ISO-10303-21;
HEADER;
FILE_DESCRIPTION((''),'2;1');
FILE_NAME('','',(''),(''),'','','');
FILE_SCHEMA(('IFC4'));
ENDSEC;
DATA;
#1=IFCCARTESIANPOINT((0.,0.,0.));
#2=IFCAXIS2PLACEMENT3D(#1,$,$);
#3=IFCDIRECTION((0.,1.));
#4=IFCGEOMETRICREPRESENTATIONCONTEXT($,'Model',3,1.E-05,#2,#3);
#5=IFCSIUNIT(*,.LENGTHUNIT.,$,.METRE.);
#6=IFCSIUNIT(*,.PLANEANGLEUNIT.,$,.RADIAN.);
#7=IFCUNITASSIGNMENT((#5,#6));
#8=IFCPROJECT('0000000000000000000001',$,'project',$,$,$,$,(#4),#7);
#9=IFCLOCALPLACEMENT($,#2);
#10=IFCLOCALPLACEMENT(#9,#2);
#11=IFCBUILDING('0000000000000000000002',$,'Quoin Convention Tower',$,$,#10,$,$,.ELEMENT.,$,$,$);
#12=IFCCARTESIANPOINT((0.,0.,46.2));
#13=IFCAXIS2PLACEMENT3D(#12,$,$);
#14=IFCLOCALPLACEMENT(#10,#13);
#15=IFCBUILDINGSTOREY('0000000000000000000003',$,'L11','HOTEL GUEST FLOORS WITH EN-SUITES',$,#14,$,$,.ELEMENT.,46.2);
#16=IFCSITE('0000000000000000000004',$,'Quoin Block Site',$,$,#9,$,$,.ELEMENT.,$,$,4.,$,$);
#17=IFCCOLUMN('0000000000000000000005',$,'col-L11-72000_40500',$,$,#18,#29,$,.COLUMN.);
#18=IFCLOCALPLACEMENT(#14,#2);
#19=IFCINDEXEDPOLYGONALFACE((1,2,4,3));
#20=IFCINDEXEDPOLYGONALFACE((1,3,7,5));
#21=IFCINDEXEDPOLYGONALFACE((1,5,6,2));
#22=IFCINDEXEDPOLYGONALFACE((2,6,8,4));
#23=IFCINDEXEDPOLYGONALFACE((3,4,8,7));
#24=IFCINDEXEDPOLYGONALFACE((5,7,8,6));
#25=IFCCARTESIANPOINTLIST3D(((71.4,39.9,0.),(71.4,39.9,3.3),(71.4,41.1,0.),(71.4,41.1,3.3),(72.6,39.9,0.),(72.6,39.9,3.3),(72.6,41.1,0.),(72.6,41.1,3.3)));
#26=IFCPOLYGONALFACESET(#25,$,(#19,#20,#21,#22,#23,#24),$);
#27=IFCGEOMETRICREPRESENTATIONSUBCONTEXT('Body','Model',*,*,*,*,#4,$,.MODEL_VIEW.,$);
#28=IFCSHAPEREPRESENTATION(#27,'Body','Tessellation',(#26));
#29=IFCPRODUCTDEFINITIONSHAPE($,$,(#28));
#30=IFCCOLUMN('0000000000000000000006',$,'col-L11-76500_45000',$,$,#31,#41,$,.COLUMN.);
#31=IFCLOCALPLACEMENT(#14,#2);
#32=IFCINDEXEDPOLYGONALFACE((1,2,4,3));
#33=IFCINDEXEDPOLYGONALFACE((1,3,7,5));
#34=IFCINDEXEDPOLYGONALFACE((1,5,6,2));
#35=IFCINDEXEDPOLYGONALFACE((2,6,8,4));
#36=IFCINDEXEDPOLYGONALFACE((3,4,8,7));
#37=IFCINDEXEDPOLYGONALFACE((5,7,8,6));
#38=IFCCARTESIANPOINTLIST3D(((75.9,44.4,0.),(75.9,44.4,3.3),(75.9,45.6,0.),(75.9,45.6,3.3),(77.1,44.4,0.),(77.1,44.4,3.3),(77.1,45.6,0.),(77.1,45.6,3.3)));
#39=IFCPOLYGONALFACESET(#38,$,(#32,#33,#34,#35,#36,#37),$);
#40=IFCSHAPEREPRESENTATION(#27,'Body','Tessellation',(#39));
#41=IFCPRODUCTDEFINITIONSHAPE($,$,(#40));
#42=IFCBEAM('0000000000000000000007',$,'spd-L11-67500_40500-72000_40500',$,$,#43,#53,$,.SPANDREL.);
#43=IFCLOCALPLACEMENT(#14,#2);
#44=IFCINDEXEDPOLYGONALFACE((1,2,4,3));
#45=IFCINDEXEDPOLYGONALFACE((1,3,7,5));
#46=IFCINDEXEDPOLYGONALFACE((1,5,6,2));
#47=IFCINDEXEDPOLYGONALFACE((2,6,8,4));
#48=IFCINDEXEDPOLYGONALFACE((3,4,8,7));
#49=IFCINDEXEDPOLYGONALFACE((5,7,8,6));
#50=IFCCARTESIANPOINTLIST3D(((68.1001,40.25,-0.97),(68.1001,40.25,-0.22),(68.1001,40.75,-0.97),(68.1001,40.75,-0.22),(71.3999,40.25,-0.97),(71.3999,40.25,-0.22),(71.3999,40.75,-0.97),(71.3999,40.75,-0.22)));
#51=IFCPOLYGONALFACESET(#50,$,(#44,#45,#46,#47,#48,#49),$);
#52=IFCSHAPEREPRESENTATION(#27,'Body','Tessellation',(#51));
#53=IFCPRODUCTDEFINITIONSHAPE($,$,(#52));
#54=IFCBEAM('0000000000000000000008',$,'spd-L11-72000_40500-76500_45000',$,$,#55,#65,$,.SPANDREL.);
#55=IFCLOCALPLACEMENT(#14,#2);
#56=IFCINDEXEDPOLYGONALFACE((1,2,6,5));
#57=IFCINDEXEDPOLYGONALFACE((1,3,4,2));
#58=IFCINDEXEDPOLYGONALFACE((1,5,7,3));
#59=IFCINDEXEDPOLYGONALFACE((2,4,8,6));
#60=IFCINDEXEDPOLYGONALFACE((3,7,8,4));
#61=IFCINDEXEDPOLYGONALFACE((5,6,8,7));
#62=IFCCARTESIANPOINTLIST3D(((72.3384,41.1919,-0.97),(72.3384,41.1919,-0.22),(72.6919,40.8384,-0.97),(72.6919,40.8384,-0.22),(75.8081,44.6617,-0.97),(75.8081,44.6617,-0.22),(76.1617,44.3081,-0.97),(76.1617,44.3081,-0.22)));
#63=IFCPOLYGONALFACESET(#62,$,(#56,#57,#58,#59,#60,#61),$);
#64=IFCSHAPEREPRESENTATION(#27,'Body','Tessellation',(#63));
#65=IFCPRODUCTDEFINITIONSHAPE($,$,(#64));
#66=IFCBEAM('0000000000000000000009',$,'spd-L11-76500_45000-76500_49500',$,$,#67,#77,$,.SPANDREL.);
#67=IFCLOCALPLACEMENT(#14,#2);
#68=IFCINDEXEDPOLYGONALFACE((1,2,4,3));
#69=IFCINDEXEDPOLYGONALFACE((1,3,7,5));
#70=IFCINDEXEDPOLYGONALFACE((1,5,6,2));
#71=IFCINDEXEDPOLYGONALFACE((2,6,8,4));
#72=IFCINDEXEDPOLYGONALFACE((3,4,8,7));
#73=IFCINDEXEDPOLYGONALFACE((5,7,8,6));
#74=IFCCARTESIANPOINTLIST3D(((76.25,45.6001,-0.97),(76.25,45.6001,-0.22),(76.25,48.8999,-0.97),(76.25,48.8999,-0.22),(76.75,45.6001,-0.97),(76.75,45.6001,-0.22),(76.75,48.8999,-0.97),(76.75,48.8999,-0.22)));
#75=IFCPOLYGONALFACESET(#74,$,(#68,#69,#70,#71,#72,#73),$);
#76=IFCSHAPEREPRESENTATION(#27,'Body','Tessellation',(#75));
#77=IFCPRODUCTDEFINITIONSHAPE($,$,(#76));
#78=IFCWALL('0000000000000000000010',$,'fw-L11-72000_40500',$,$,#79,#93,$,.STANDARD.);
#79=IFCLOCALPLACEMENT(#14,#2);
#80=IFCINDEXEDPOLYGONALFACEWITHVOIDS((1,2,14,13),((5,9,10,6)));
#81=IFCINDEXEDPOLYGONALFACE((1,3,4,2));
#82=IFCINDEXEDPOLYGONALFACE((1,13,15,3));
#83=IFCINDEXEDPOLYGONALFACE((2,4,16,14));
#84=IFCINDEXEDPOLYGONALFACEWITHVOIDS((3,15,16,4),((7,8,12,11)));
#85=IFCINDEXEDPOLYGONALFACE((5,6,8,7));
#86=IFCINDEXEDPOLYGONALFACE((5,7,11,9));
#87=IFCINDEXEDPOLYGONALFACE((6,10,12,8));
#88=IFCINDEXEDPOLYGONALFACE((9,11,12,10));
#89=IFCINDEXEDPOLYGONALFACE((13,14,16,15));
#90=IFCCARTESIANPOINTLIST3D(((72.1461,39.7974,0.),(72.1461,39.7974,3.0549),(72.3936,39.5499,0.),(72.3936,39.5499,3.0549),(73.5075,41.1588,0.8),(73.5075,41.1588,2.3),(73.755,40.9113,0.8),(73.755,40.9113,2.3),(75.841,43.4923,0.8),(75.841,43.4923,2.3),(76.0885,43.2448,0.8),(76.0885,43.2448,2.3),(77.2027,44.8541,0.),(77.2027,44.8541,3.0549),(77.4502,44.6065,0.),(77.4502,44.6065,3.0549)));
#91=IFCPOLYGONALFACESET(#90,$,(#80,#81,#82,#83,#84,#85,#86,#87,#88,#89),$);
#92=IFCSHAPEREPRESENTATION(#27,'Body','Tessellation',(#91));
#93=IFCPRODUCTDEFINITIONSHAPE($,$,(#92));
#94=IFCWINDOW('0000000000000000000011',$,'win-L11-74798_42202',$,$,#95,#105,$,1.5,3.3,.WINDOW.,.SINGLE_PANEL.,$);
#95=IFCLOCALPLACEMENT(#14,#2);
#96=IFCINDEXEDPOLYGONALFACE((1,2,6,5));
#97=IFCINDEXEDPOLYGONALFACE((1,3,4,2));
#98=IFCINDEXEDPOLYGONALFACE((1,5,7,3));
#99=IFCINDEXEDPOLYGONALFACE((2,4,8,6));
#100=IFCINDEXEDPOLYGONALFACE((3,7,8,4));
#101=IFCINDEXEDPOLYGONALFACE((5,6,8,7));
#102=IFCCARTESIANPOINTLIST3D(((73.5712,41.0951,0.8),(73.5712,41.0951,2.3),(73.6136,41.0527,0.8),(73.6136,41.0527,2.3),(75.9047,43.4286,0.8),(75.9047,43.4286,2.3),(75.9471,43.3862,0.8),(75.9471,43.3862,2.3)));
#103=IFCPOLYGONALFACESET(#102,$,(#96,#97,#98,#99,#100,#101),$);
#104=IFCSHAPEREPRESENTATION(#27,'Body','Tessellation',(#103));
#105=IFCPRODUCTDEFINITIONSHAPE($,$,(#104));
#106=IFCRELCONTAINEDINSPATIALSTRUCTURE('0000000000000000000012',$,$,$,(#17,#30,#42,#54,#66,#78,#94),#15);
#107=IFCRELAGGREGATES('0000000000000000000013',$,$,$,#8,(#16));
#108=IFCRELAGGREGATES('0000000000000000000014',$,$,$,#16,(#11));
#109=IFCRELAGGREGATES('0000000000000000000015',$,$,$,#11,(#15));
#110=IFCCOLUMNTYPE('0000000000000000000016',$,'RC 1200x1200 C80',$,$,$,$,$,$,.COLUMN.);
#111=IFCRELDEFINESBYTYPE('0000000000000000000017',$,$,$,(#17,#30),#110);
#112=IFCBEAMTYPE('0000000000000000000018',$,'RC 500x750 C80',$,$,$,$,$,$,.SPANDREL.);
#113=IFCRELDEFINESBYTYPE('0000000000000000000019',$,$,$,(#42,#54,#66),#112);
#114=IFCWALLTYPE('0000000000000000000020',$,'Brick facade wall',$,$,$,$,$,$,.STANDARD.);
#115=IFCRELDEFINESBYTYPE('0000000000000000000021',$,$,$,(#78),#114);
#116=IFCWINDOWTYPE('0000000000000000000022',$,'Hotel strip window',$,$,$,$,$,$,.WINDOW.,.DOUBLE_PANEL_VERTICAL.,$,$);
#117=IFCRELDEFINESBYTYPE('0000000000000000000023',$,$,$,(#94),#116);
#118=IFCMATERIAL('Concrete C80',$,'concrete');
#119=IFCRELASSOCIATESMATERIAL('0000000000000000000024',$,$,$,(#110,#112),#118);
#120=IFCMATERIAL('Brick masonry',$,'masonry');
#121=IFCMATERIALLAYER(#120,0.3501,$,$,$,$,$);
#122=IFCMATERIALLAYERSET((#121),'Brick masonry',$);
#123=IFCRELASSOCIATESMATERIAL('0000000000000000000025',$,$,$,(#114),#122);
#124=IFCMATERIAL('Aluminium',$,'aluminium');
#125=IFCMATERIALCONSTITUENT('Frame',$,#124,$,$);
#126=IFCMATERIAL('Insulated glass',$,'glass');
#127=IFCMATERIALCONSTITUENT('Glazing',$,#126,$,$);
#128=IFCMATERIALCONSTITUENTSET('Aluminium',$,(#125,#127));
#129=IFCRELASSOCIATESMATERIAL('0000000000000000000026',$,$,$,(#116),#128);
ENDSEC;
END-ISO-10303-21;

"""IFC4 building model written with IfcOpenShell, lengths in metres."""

from ifc_helpers import new_model, si_unit, direction, frame, frame_2d, origin, origin_2d, place, context, subcontext, project, spatial, rectangle, extrude, material, layer, layer_set, constituent, constituent_set, material_profile, profile_set, type_object, element, fill, save


model = new_model("IFC4")

# Units and contexts
model_context = context("Model", 3, precision=1e-05, world=origin(), true_north=direction((0.0, 1.0)))
body_context = subcontext(model_context, "Body", "Model", "MODEL_VIEW")
ifc_project = project(units=[si_unit("LENGTHUNIT", "METRE"), si_unit("PLANEANGLEUNIT", "RADIAN")], contexts=[model_context])

# Site, building, storey
site_placement = place(None, origin())
site = spatial("IfcSite", under=ifc_project, at=site_placement, Name="Quoin Block Site", CompositionType="ELEMENT", RefElevation=4.0)
building_placement = place(site_placement, origin())
building = spatial("IfcBuilding", under=site, at=building_placement, Name="Quoin Convention Tower", CompositionType="ELEMENT")
storey_placement = place(building_placement, frame((0.0, 0.0, 46.2)))
storey = spatial("IfcBuildingStorey", under=building, at=storey_placement, Name="L11", Description="HOTEL GUEST FLOORS WITH EN-SUITES", CompositionType="ELEMENT", Elevation=46.2)

# Columns
ifc_material_1 = material(Name="Concrete C80", Category="concrete")
ifc_material_profile_1 = material_profile(ifc_material_1, rectangle(XDim=1.2, YDim=1.2, at=origin_2d()), Name="RC 1200x1200")
ifc_profile_set_1 = profile_set([ifc_material_profile_1], Name="Concrete C80")
column_type = type_object("IfcColumnType", Name="RC 1200x1200 C80", PredefinedType="COLUMN", material=ifc_profile_set_1)
for number, where, z_axis, x_axis, name in (
    (1, (72.0, 40.5, 0.0), (0.0, 0.0, 1.0), (1.0, 0.0, 0.0), "col-L11-72000_40500"),
    (2, (76.5, 45.0, 0.0), (0.0, 0.0, 1.0), (1.0, 0.0, 0.0), "col-L11-76500_45000"),
):
    element("IfcColumn", number, at=place(storey_placement, frame(where, z_axis=z_axis, x_axis=x_axis)), inside=storey, type_object=column_type, Name=name, PredefinedType="COLUMN", context=body_context, shape_type="SweptSolid", body=[
        extrude(rectangle(XDim=1.2, YDim=1.2, at=origin_2d()), origin(), (0.0, 0.0, 1.0), 3.3),
    ])

# Beams
ifc_material_profile_2 = material_profile(ifc_material_1, rectangle(XDim=0.5, YDim=0.75, at=origin_2d()), Name="RC 500x750")
ifc_profile_set_2 = profile_set([ifc_material_profile_2], Name="Concrete C80")
beam_type = type_object("IfcBeamType", Name="RC 500x750 C80", PredefinedType="SPANDREL", material=ifc_profile_set_2)
beam_1_placement = place(storey_placement, frame((68.1001, 40.5, -0.595), z_axis=(1.0, 0.0, 0.0), x_axis=(0.0, 1.0, 0.0)))
element("IfcBeam", 3, at=beam_1_placement, inside=storey, type_object=beam_type, Name="spd-L11-67500_40500-72000_40500", PredefinedType="SPANDREL", context=body_context, shape_type="SweptSolid", body=[
    extrude(rectangle(XDim=0.5, YDim=0.75, at=origin_2d()), origin(), (0.0, 0.0, 1.0), 3.2998),
])
beam_2_placement = place(storey_placement, frame((72.5151, 41.0151, -0.595), z_axis=(0.707107, 0.707107, 0.0), x_axis=(-0.707107, 0.707107, 0.0)))
element("IfcBeam", 4, at=beam_2_placement, inside=storey, type_object=beam_type, Name="spd-L11-72000_40500-76500_45000", PredefinedType="SPANDREL", context=body_context, shape_type="SweptSolid", body=[
    extrude(rectangle(XDim=0.5, YDim=0.75, at=origin_2d()), origin(), (0.0, 0.0, 1.0), 4.907),
])
beam_3_placement = place(storey_placement, frame((76.5, 45.6001, -0.595), z_axis=(0.0, 1.0, 0.0), x_axis=(-1.0, 0.0, 0.0)))
element("IfcBeam", 5, at=beam_3_placement, inside=storey, type_object=beam_type, Name="spd-L11-76500_45000-76500_49500", PredefinedType="SPANDREL", context=body_context, shape_type="SweptSolid", body=[
    extrude(rectangle(XDim=0.5, YDim=0.75, at=origin_2d()), origin(), (0.0, 0.0, 1.0), 3.2998),
])

# Wall, opening, window
ifc_material_2 = material(Name="Brick masonry", Category="masonry")
ifc_layer_1 = layer(ifc_material_2, 0.3501)
ifc_layer_set_1 = layer_set([ifc_layer_1], Name="Brick masonry")
wall_type_1 = type_object("IfcWallType", Name="Brick facade wall", PredefinedType="STANDARD", material=ifc_layer_set_1)
wall_1_placement = place(storey_placement, frame((72.2698, 39.6736, 0.0), z_axis=(0.0, 0.0, 1.0), x_axis=(0.707107, 0.707107, 0.0)))
wall_1 = element("IfcWall", 6, at=wall_1_placement, inside=storey, type_object=wall_type_1, Name="fw-L11-72000_40500", PredefinedType="STANDARD", context=body_context, shape_type="SweptSolid", body=[
    extrude(rectangle(XDim=7.1511, YDim=0.3501, at=frame_2d((3.5757, 0.0))), origin(), (0.0, 0.0, 1.0), 3.0549),
])
opening_1_placement = place(wall_1_placement, frame((1.9255, 0.0, 0.8)))
opening_1 = element("IfcOpeningElement", 7, at=opening_1_placement, cuts=wall_1, PredefinedType="OPENING", context=body_context, shape_type="SweptSolid", body=[
    extrude(rectangle(XDim=3.3, YDim=1.5, at=frame_2d((1.6499, 0.75))), frame((0.0, 0.1851, 0.0), z_axis=(0.0, -1.0, 0.0), x_axis=(1.0, 0.0, 0.0)), (0.0, 0.0, 1.0), 0.3701),
])
ifc_material_3 = material(Name="Aluminium", Category="aluminium")
ifc_constituent_1 = constituent(ifc_material_3, Name="Frame")
ifc_material_4 = material(Name="Insulated glass", Category="glass")
ifc_constituent_2 = constituent(ifc_material_4, Name="Glazing")
ifc_constituent_set = constituent_set(constituents=[ifc_constituent_1, ifc_constituent_2], Name="Aluminium")
window_type = type_object("IfcWindowType", Name="Hotel strip window", PartitioningType="DOUBLE_PANEL_VERTICAL", PredefinedType="WINDOW", material=ifc_constituent_set)
window_1_placement = place(opening_1_placement, origin())
window_1 = element("IfcWindow", 8, at=window_1_placement, inside=storey, type_object=window_type, Name="win-L11-74798_42202", OverallHeight=1.5, OverallWidth=3.3, PartitioningType="SINGLE_PANEL", PredefinedType="WINDOW", context=body_context, shape_type="SweptSolid", body=[
    extrude(rectangle(XDim=3.3, YDim=1.5, at=frame_2d((1.6499, 0.75))), frame((0.0, 0.085, 0.0), z_axis=(0.0, -1.0, 0.0), x_axis=(1.0, 0.0, 0.0)), (0.0, 0.0, 1.0), 0.0601),
])
fill(opening_1, window_1)

save(model, "model.ifc")
